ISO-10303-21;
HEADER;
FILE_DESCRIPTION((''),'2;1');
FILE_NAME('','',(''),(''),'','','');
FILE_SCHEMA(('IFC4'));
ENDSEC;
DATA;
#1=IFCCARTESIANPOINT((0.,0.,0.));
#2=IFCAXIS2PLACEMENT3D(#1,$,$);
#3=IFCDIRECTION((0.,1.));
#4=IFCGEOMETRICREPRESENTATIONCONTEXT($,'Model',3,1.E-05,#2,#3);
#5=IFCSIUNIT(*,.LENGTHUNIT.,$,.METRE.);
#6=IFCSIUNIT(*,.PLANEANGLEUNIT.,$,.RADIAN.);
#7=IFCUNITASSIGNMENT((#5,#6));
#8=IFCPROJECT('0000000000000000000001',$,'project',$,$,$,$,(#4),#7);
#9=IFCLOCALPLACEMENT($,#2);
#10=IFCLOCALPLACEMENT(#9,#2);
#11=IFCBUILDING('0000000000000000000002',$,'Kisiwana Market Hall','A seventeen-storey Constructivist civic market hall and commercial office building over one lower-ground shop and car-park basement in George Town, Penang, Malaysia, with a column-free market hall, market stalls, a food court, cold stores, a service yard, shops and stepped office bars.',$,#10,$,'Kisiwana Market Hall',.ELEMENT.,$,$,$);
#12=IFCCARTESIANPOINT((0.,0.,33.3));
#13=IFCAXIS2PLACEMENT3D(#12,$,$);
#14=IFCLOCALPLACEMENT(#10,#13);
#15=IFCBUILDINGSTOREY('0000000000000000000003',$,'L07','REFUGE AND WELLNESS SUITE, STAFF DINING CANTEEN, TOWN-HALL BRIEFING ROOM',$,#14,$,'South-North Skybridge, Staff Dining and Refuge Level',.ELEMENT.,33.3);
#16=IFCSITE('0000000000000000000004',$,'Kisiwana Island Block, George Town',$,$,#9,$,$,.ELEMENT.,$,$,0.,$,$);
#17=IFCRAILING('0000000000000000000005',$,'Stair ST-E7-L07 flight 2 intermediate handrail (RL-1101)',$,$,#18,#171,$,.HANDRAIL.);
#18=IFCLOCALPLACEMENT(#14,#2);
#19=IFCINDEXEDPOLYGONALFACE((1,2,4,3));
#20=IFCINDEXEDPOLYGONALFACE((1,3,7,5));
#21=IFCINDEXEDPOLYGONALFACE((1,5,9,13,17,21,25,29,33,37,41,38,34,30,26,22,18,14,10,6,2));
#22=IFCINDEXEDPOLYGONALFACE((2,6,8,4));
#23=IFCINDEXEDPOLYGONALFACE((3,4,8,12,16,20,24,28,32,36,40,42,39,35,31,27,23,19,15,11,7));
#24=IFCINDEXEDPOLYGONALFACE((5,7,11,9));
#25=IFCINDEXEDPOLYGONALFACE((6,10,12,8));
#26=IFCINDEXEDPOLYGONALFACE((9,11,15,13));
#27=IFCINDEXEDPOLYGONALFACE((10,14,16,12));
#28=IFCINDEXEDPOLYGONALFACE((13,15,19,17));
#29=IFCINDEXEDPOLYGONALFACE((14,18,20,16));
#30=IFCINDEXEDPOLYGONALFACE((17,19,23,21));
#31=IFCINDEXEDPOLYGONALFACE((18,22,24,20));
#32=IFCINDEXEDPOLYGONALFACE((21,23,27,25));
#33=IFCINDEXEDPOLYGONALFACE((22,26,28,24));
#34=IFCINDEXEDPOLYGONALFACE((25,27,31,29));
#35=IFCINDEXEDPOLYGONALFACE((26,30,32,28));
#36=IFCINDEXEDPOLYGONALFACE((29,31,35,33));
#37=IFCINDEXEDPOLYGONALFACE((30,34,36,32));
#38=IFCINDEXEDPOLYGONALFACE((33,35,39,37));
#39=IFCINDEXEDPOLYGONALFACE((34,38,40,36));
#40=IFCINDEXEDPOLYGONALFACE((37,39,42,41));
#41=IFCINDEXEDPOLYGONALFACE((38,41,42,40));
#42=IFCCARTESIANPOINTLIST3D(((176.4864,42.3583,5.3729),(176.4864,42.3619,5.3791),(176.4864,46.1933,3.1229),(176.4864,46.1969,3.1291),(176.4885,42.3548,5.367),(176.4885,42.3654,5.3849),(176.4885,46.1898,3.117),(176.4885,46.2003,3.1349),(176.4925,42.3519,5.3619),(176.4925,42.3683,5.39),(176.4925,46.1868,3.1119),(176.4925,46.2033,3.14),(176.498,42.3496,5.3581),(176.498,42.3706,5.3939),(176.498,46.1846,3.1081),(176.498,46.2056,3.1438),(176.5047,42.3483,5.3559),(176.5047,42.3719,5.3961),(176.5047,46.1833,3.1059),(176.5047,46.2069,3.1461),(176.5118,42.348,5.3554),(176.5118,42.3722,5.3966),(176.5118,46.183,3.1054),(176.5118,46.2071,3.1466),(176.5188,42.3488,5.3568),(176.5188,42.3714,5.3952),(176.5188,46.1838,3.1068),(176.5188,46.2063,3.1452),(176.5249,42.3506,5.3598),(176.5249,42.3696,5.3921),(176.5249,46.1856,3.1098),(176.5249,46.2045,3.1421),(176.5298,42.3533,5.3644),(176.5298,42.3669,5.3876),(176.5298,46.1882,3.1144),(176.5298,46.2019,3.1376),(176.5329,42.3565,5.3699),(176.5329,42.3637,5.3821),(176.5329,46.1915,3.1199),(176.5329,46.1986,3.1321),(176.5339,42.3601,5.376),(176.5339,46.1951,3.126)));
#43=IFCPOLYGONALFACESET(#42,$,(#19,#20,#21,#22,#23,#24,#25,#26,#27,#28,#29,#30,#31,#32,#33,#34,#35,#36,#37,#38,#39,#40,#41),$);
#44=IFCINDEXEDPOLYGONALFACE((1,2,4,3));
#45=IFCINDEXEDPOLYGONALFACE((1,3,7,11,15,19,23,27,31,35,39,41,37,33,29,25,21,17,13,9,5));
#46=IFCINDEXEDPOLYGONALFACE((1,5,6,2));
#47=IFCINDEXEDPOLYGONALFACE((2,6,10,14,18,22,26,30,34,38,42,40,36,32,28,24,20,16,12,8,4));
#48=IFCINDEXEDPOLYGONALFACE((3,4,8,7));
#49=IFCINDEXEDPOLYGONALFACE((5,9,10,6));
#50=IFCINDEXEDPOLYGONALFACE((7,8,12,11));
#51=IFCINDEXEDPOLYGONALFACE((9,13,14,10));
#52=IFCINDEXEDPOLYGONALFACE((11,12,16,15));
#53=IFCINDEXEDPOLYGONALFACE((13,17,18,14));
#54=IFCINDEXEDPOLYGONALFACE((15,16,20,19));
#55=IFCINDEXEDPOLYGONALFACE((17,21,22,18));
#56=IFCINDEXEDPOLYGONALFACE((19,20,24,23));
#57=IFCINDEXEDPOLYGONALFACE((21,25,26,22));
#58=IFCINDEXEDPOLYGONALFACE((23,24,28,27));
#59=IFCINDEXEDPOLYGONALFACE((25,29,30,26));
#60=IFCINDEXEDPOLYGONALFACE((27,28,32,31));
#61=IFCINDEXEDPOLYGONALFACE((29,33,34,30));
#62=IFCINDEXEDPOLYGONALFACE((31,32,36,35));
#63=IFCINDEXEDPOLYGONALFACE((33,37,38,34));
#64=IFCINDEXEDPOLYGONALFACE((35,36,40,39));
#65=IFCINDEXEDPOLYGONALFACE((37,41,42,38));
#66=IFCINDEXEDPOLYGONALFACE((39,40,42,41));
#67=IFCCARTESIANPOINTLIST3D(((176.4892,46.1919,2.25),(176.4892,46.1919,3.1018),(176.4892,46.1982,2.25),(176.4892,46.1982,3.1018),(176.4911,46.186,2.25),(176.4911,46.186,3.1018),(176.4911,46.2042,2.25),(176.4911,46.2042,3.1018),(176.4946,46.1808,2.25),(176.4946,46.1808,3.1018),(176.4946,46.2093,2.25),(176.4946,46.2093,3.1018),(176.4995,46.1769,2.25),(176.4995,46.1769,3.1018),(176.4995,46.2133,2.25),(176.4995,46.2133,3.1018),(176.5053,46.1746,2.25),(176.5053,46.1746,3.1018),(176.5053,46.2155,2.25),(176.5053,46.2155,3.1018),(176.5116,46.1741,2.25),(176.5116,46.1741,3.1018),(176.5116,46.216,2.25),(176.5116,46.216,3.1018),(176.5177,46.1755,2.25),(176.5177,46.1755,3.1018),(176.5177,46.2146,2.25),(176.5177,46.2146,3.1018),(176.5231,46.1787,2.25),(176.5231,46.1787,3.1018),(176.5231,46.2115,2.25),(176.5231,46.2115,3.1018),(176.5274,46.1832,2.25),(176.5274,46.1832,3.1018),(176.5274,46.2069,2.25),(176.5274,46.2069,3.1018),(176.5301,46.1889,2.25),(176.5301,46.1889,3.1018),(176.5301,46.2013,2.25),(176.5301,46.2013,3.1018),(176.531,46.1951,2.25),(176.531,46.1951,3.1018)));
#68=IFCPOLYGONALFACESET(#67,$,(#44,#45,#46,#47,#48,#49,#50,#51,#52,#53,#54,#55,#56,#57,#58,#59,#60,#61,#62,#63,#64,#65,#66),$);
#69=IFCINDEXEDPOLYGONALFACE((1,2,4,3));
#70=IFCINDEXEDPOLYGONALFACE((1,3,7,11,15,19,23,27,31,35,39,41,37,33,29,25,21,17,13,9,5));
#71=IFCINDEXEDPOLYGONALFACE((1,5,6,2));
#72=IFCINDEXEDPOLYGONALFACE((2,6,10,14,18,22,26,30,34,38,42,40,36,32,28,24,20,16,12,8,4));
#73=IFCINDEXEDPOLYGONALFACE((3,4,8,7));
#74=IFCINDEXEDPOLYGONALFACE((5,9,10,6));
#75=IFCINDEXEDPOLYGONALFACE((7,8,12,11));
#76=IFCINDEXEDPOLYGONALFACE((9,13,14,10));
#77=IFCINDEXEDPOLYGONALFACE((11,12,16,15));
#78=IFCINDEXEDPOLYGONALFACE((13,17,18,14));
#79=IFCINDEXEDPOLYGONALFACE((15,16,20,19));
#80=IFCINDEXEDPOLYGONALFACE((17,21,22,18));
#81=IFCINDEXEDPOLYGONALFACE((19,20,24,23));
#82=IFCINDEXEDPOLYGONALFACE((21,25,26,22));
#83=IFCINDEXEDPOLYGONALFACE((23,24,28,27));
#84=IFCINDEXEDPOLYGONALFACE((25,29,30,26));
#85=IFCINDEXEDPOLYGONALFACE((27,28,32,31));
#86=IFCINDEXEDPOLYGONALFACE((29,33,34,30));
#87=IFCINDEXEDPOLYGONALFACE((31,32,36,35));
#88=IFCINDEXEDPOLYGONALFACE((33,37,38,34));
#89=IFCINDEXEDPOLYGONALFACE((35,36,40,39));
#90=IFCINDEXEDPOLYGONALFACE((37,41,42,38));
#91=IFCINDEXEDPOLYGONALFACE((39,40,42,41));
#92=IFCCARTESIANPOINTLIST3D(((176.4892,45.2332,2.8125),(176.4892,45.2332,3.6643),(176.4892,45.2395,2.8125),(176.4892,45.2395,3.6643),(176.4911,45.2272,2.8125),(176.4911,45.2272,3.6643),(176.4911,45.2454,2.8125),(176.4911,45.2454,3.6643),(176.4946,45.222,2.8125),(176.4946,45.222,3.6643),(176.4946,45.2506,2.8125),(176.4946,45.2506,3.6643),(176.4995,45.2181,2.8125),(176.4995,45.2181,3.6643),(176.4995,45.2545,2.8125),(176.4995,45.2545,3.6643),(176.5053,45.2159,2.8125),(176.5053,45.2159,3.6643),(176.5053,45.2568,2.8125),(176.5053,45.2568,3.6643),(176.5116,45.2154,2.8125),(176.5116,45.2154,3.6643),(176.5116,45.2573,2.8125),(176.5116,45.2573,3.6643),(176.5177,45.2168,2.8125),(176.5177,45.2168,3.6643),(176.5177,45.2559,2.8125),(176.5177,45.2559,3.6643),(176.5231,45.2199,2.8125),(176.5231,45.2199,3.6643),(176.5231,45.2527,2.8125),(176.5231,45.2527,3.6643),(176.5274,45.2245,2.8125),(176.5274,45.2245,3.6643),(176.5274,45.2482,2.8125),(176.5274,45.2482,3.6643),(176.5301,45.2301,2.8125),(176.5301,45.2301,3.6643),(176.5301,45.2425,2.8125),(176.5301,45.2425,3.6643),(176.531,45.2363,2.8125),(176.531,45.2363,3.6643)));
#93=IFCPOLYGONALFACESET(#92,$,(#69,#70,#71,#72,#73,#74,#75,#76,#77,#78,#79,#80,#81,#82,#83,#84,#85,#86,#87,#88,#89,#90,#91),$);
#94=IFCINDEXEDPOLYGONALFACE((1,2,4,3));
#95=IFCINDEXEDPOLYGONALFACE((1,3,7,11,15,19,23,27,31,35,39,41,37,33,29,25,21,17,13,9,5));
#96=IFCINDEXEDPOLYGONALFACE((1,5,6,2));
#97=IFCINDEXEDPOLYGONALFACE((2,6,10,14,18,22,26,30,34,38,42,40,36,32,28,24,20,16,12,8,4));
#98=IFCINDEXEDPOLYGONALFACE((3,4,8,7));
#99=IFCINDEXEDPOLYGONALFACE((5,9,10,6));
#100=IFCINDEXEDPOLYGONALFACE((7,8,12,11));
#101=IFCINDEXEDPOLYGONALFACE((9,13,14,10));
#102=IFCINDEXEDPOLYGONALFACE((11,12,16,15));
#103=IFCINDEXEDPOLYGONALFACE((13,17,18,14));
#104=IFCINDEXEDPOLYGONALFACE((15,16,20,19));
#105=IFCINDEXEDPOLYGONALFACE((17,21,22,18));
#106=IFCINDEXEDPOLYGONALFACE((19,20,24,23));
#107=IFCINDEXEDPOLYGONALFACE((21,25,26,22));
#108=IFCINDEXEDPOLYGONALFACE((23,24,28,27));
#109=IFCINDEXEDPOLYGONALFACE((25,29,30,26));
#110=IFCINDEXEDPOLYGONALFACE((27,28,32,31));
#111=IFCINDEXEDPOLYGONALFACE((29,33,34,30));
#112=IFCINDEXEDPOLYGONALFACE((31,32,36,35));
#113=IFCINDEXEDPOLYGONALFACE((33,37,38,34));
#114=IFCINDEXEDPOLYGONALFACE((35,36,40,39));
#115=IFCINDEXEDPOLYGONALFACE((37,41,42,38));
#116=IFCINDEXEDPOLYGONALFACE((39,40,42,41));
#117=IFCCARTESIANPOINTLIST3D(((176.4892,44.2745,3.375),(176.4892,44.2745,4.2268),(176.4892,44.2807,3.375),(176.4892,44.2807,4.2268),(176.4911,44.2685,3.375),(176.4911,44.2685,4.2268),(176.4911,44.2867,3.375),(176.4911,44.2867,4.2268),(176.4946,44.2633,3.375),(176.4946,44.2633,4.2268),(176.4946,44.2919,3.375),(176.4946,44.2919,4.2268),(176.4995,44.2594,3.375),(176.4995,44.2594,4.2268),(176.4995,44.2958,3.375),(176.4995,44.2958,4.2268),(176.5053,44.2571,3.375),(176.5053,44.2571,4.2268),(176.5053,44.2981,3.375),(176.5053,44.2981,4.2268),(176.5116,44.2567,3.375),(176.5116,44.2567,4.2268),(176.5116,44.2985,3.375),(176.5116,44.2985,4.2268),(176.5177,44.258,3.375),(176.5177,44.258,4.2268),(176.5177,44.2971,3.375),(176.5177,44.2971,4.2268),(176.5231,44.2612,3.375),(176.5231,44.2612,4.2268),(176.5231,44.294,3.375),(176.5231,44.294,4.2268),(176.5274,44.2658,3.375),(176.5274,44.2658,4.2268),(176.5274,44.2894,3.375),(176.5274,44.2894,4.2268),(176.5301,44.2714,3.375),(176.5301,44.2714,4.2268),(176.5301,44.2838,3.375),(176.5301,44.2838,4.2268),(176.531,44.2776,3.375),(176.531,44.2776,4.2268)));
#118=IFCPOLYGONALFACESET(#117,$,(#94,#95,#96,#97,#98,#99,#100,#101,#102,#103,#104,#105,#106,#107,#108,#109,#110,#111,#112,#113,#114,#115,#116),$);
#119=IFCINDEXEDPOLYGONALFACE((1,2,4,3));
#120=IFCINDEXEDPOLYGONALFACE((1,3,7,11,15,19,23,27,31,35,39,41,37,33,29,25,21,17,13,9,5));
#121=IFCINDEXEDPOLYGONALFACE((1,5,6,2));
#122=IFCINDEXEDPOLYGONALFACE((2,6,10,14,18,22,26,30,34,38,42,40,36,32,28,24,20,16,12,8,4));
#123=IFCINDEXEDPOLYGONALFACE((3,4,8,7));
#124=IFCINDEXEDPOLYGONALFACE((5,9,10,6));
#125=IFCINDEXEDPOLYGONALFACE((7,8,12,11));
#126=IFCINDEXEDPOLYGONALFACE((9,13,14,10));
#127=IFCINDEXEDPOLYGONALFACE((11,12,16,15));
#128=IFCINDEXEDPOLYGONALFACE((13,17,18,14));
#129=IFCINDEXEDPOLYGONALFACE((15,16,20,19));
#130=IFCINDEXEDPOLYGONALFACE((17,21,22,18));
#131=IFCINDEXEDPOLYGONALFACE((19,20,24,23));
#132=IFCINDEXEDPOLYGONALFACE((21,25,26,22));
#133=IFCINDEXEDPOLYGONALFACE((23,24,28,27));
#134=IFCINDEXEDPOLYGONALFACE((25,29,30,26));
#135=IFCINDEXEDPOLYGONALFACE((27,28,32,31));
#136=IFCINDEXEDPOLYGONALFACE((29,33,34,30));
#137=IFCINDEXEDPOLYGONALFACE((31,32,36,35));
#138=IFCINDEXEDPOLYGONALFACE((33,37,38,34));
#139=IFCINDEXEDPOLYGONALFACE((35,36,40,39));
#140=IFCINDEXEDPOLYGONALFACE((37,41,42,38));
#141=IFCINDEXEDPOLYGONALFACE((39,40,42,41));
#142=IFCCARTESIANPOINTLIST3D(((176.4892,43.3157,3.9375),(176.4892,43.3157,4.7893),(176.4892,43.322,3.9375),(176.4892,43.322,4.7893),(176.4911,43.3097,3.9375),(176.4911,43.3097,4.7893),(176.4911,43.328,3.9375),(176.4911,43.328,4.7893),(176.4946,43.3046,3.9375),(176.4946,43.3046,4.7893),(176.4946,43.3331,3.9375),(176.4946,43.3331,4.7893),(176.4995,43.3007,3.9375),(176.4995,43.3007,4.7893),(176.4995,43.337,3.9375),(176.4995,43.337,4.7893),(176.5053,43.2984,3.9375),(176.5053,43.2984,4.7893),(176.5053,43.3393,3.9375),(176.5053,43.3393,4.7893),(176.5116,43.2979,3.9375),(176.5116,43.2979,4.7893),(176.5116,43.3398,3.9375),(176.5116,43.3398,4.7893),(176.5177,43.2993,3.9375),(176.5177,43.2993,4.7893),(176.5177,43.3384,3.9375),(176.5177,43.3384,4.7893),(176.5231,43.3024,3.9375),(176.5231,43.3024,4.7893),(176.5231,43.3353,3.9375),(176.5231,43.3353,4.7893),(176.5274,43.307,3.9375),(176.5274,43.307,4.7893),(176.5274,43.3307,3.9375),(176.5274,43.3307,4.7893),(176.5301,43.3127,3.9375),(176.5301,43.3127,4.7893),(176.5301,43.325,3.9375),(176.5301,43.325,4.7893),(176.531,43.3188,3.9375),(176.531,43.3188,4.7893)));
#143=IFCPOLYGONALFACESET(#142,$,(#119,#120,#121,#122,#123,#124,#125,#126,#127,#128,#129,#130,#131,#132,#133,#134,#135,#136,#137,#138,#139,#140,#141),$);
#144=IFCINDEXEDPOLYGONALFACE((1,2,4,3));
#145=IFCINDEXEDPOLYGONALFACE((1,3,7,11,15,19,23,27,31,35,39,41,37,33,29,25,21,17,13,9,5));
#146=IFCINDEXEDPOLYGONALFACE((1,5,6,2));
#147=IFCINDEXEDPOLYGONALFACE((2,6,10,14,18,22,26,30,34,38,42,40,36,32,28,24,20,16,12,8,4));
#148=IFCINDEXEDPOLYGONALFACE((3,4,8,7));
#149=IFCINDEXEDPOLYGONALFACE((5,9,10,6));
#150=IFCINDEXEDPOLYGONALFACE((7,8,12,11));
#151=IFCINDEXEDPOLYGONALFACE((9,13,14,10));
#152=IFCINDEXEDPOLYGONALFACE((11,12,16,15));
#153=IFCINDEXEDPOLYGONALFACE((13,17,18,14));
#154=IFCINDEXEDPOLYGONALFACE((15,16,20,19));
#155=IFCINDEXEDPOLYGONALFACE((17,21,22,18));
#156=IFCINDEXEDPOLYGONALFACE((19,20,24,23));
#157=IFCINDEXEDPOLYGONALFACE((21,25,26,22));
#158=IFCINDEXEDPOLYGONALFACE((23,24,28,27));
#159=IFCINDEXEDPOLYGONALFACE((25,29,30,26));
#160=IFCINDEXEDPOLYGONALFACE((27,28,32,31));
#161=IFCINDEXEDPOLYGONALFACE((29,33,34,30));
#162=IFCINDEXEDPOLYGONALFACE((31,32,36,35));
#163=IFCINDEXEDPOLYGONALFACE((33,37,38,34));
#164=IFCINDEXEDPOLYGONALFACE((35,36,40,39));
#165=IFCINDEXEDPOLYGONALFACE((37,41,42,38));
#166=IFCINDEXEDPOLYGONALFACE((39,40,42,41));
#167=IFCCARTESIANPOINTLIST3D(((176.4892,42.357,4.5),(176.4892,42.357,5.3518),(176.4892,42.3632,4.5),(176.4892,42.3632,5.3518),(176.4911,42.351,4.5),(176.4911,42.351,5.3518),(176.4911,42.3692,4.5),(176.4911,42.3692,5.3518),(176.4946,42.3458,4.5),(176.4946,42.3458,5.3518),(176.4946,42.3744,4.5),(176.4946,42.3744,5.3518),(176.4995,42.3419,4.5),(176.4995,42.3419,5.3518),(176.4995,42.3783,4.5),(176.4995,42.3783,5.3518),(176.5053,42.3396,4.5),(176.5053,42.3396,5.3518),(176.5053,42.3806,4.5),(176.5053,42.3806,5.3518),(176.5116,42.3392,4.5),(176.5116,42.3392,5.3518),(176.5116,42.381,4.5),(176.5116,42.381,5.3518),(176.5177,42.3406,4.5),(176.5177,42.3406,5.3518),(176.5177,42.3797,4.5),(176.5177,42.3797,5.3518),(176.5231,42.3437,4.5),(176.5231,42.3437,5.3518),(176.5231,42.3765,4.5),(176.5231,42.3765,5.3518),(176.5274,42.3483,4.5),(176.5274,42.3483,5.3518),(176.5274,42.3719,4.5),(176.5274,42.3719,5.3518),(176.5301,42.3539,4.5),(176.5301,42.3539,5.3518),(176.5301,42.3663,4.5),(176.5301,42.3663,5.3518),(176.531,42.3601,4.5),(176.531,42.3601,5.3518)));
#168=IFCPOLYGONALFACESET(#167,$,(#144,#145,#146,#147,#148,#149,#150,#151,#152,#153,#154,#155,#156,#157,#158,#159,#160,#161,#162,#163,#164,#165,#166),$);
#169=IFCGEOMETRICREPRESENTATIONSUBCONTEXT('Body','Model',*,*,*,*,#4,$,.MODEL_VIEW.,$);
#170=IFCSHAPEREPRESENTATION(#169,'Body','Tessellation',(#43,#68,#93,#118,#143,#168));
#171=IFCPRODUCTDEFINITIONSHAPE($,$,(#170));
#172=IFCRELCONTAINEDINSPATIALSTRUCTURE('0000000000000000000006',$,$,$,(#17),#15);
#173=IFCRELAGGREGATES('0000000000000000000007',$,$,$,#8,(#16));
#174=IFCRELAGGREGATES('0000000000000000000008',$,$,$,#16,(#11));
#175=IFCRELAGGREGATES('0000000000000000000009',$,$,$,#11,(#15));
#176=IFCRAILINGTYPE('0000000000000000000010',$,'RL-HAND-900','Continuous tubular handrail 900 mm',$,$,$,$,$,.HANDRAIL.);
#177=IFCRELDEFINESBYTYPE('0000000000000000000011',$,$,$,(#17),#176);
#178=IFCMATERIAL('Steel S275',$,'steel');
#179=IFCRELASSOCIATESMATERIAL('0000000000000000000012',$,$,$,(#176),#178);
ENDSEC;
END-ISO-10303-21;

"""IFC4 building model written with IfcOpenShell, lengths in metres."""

from ifc_helpers import new_model, si_unit, direction, frame, origin, origin_2d, place, context, subcontext, project, spatial, circle, extrude, material, type_object, element, save


model = new_model("IFC4")

# Units and contexts
model_context = context("Model", 3, precision=1e-05, world=origin(), true_north=direction((0.0, 1.0)))
body_context = subcontext(model_context, "Body", "Model", "MODEL_VIEW")
ifc_project = project(units=[si_unit("LENGTHUNIT", "METRE"), si_unit("PLANEANGLEUNIT", "RADIAN")], contexts=[model_context])

# Site, building, storey
site_placement = place(None, origin())
site = spatial("IfcSite", under=ifc_project, at=site_placement, Name="Kisiwana Island Block, George Town", CompositionType="ELEMENT", RefElevation=0.0)
building_placement = place(site_placement, origin())
building = spatial("IfcBuilding", under=site, at=building_placement, Name="Kisiwana Market Hall", Description="A seventeen-storey Constructivist civic market hall and commercial office building over one lower-ground shop and car-park basement in George Town, Penang, Malaysia, with a column-free market hall, market stalls, a food court, cold stores, a service yard, shops and stepped office bars.", LongName="Kisiwana Market Hall", CompositionType="ELEMENT")
storey_placement = place(building_placement, frame((0.0, 0.0, 33.3)))
storey = spatial("IfcBuildingStorey", under=building, at=storey_placement, Name="L07", Description="REFUGE AND WELLNESS SUITE, STAFF DINING CANTEEN, TOWN-HALL BRIEFING ROOM", LongName="South-North Skybridge, Staff Dining and Refuge Level", CompositionType="ELEMENT", Elevation=33.3)

# Railing
ifc_material_1 = material(Name="Steel S275", Category="steel")
railing_type_1 = type_object("IfcRailingType", Name="RL-HAND-900", Description="Continuous tubular handrail 900 mm", PredefinedType="HANDRAIL", material=ifc_material_1)
railing_1_placement = place(storey_placement, frame((176.51, 46.1951, 2.25)))
element("IfcRailing", 1, at=railing_1_placement, inside=storey, type_object=railing_type_1, Name="Stair ST-E7-L07 flight 2 intermediate handrail (RL-1101)", PredefinedType="HANDRAIL", context=body_context, shape_type="SweptSolid", body=[
    extrude(circle(Radius=0.0239, at=origin_2d()), frame((0.0, 0.0, 0.876), z_axis=(0.0, -0.86251, 0.506041), x_axis=(1.0, 0.0, 0.0)), (0.0, 0.0, 1.0), 4.4463),
    extrude(circle(Radius=0.021, at=origin_2d()), origin(), (0.0, 0.0, 1.0), 0.8518),
    extrude(circle(Radius=0.021, at=origin_2d()), frame((0.0, -0.9587, 0.5625)), (0.0, 0.0, 1.0), 0.8518),
    extrude(circle(Radius=0.021, at=origin_2d()), frame((0.0, -1.9175, 1.125)), (0.0, 0.0, 1.0), 0.8518),
    extrude(circle(Radius=0.021, at=origin_2d()), frame((0.0, -2.8762, 1.6875)), (0.0, 0.0, 1.0), 0.8518),
    extrude(circle(Radius=0.021, at=origin_2d()), frame((0.0, -3.835, 2.25)), (0.0, 0.0, 1.0), 0.8518),
])

save(model, "model.ifc")
